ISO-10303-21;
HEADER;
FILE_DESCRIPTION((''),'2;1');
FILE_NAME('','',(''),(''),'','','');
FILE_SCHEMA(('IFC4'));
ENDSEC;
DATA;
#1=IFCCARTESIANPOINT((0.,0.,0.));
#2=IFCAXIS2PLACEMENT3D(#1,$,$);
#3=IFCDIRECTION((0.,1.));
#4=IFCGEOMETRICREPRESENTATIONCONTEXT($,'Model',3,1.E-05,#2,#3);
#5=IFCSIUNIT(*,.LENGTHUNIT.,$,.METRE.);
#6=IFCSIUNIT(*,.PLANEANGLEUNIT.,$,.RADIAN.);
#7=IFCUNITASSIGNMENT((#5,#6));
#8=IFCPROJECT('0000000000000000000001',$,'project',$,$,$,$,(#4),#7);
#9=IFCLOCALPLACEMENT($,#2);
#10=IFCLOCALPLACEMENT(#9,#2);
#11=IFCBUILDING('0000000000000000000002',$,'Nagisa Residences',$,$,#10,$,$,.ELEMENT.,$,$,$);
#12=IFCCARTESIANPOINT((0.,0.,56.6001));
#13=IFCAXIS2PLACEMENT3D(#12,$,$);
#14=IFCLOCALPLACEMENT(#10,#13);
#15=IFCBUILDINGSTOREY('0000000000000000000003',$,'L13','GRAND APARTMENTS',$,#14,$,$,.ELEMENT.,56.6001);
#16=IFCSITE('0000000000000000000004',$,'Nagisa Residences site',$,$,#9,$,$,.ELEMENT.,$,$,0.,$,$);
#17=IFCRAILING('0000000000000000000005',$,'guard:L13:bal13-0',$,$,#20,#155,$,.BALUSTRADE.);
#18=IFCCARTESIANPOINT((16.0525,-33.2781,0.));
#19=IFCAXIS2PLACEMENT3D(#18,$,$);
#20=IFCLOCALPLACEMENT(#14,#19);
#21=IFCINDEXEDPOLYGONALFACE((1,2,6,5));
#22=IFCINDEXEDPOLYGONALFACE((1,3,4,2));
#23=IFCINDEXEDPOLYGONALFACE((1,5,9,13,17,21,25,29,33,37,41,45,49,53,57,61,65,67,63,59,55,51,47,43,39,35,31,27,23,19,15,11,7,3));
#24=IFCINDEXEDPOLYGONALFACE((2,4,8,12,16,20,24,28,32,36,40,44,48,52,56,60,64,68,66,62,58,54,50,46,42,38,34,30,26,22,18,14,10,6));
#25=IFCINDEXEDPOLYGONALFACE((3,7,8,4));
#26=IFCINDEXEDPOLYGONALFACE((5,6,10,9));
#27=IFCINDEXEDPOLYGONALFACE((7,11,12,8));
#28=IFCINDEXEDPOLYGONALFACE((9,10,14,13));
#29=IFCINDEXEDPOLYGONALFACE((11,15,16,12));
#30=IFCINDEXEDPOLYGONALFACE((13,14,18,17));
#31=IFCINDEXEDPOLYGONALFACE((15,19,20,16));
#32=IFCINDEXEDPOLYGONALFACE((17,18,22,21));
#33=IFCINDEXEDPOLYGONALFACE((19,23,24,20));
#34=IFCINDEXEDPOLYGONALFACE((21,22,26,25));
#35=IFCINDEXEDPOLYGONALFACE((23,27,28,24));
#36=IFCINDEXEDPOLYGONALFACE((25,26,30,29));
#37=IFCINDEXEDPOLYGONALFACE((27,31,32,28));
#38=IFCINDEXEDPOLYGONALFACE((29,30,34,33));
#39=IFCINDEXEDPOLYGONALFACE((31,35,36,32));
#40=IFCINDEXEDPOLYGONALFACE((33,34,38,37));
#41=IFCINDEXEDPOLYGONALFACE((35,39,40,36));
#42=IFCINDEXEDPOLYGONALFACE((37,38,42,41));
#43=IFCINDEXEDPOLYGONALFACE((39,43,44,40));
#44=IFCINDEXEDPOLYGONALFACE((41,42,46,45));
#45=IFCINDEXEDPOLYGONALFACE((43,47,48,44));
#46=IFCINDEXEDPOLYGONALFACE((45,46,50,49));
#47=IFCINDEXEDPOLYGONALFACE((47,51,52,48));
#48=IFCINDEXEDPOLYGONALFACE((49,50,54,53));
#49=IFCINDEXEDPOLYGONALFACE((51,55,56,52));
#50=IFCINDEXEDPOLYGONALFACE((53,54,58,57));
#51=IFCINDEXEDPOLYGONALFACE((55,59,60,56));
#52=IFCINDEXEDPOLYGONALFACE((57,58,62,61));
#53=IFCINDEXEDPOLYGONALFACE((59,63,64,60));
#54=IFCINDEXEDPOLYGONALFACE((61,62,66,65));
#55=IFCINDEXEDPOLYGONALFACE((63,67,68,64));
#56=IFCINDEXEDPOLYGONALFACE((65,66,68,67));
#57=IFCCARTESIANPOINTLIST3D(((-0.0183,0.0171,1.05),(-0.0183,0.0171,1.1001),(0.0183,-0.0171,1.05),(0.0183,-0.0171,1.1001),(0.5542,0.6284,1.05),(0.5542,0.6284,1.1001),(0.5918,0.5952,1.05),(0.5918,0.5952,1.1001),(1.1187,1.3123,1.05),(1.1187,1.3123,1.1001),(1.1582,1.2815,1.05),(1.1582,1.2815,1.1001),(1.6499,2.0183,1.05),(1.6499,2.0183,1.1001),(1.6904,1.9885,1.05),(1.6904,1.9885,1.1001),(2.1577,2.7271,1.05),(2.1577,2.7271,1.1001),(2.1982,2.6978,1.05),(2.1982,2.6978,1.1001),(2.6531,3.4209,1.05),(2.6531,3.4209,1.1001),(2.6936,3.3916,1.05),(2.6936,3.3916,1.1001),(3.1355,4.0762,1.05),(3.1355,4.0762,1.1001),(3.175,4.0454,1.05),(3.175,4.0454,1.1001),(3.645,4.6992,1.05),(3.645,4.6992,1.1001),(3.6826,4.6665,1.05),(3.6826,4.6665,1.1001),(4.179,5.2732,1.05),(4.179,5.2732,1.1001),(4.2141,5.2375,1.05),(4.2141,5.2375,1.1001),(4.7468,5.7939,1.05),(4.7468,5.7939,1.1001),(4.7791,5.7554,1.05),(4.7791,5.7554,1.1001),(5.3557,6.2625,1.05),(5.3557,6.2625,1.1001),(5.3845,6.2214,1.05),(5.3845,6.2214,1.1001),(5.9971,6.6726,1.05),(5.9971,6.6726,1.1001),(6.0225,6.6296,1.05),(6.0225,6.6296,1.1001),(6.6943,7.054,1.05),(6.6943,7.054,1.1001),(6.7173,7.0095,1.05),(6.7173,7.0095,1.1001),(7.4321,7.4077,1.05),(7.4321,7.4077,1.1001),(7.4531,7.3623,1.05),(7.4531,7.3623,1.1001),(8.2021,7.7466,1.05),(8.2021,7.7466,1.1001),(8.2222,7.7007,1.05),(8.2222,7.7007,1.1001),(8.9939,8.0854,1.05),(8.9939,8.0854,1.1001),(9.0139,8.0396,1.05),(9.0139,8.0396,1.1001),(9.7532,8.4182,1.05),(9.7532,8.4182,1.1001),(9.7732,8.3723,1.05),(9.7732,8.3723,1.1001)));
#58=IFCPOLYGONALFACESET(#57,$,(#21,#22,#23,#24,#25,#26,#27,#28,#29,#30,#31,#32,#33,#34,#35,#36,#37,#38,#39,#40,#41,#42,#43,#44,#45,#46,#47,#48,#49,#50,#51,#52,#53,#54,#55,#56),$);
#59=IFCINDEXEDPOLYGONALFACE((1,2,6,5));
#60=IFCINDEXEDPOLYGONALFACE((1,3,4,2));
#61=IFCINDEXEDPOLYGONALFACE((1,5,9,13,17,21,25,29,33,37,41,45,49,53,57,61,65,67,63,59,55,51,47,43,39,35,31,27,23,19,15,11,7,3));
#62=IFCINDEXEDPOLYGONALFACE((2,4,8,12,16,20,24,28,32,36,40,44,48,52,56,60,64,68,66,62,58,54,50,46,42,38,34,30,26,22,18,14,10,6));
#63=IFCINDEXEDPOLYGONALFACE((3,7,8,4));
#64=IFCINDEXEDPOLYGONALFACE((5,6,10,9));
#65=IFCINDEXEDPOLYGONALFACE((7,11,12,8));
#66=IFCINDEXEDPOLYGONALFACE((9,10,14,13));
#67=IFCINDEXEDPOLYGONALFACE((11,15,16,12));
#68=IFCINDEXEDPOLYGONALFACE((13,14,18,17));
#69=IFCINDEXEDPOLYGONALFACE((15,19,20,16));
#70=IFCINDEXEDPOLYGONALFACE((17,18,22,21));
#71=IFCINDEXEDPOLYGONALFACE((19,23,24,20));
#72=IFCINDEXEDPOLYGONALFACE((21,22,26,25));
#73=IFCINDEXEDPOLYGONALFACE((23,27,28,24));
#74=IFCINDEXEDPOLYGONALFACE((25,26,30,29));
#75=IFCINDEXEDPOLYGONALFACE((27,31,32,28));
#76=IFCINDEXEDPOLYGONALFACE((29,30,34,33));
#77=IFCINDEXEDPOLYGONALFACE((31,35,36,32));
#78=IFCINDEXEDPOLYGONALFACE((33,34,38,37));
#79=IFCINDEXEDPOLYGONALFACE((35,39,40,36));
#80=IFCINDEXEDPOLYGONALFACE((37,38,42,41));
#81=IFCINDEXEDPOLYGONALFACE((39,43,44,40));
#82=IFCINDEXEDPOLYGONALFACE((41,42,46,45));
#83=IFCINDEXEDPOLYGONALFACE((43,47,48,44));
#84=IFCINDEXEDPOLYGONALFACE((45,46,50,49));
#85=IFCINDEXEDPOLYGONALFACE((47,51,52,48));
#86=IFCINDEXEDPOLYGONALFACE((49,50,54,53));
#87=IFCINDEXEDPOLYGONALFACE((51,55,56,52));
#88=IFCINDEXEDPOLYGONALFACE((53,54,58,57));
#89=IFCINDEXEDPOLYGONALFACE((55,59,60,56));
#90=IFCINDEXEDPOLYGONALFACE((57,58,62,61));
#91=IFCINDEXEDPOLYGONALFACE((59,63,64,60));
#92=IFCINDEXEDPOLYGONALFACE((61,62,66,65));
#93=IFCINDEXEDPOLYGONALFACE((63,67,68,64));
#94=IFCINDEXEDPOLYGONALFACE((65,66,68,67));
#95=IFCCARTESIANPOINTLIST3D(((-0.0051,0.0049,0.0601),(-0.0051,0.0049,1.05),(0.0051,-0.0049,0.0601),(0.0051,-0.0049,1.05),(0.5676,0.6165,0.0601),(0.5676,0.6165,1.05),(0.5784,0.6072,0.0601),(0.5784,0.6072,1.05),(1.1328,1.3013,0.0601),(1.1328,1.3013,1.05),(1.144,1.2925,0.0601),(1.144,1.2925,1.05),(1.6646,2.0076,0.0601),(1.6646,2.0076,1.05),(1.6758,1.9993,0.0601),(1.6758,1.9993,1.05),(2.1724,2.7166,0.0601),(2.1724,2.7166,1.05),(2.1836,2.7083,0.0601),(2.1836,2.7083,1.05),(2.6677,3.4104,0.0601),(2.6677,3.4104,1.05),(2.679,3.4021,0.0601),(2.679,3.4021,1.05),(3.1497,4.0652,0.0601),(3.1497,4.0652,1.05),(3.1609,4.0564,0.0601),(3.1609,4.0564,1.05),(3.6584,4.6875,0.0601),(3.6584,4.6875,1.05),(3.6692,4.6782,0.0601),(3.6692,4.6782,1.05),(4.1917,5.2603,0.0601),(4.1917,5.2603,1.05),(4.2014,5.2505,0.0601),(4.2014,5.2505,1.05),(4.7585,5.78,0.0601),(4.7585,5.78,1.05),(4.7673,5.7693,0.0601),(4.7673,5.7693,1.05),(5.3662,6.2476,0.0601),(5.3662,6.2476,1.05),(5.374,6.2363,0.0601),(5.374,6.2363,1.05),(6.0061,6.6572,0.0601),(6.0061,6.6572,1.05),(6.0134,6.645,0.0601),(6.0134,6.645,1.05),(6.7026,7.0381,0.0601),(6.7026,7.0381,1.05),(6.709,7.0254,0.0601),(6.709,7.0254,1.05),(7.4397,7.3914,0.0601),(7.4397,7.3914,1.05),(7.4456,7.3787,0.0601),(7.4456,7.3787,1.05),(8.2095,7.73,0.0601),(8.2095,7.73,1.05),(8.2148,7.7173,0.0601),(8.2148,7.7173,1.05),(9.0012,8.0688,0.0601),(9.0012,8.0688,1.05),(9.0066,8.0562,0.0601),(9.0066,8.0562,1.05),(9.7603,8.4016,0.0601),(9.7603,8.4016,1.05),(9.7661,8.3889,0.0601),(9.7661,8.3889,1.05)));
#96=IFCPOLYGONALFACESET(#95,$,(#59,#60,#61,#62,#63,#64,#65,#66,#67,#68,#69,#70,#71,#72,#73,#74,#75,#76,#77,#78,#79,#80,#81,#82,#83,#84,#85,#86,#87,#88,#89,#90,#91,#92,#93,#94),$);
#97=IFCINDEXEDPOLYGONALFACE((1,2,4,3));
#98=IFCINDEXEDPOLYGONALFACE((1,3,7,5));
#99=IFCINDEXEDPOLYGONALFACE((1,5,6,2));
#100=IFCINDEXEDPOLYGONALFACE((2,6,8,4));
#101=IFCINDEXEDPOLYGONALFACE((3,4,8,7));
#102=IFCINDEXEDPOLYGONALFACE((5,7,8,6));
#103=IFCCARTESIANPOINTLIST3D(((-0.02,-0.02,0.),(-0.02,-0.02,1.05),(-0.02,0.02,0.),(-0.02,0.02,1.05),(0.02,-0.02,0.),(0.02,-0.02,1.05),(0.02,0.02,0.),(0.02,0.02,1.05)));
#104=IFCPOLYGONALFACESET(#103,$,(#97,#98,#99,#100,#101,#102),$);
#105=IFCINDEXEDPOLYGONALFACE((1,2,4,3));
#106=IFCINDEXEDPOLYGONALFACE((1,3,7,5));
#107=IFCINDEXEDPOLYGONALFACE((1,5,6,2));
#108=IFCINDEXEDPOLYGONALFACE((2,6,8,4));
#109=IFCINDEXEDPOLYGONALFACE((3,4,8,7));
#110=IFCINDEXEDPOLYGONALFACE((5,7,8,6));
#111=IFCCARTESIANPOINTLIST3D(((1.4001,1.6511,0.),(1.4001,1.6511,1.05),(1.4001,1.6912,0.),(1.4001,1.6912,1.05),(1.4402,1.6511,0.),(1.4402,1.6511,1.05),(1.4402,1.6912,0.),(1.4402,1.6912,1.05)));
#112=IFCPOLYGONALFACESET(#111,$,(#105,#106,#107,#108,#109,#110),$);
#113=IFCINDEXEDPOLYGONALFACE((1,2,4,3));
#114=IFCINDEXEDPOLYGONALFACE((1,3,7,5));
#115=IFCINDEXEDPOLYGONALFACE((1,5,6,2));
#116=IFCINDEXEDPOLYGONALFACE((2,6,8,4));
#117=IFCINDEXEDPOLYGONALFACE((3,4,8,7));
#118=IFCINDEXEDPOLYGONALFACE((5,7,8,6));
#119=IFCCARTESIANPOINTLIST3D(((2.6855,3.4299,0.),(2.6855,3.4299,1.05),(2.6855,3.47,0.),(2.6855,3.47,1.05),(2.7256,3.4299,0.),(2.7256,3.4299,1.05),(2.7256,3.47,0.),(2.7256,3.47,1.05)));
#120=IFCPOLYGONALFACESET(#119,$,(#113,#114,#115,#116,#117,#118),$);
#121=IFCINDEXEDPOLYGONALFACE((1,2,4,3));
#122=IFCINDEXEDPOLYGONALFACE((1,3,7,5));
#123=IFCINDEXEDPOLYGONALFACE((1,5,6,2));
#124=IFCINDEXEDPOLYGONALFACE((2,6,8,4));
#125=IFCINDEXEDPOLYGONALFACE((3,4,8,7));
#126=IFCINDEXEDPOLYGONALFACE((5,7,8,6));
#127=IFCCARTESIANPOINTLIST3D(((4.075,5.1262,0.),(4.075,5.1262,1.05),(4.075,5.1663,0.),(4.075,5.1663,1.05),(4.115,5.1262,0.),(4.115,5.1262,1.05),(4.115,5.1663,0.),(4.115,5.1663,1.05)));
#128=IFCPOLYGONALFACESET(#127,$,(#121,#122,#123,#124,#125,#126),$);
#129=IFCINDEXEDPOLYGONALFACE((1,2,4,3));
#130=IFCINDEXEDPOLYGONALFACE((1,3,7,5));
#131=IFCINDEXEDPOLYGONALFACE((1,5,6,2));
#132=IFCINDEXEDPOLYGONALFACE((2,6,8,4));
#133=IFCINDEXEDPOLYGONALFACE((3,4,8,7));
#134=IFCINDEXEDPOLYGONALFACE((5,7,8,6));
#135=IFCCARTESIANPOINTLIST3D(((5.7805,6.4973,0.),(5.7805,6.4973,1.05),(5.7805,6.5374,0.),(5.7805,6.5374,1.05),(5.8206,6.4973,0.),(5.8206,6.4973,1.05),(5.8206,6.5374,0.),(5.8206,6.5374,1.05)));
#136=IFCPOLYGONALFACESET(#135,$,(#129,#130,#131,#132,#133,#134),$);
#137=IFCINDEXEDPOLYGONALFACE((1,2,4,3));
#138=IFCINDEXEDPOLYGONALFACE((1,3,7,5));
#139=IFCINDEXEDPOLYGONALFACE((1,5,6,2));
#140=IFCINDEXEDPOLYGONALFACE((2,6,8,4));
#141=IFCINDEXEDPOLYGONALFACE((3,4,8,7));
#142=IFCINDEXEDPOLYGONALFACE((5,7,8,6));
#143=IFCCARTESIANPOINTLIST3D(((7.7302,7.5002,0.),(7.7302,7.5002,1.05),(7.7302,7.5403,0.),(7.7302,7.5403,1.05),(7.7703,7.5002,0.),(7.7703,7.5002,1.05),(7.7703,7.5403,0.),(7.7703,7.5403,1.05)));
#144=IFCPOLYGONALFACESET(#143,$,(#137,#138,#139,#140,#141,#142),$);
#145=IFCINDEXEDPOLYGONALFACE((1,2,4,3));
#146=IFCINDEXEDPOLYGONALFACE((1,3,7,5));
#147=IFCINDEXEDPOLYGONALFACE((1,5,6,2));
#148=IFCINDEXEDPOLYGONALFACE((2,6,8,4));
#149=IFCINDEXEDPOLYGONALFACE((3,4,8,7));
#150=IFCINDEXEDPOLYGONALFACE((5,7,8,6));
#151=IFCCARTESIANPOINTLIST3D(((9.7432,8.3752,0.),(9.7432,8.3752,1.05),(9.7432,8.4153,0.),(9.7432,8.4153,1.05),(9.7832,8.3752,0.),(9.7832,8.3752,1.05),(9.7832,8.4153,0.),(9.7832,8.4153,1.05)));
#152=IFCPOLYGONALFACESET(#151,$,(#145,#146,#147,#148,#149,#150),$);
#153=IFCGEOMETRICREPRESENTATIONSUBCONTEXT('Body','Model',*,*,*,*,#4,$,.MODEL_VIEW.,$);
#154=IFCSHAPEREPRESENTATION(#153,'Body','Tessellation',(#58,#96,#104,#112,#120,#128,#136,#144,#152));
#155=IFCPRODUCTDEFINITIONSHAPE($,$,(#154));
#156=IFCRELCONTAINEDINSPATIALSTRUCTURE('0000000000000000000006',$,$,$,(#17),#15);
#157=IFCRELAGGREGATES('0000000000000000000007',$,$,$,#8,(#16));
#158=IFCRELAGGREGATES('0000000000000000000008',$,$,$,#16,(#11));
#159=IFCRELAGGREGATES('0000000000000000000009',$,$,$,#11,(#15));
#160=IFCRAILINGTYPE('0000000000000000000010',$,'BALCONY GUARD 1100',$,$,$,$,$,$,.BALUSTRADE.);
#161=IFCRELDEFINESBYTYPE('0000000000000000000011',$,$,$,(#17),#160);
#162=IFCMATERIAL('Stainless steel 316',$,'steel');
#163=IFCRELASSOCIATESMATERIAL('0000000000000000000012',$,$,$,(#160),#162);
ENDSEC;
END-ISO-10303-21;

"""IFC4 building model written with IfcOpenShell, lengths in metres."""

from ifc_helpers import new_model, si_unit, direction, frame, origin, origin_2d, place, context, subcontext, project, spatial, polyline, rectangle, outline, extrude, material, type_object, element, save


model = new_model("IFC4")

# Units and contexts
model_context = context("Model", 3, precision=1e-05, world=origin(), true_north=direction((0.0, 1.0)))
body_context = subcontext(model_context, "Body", "Model", "MODEL_VIEW")
ifc_project = project(units=[si_unit("LENGTHUNIT", "METRE"), si_unit("PLANEANGLEUNIT", "RADIAN")], contexts=[model_context])

# Site, building, storey
site_placement = place(None, origin())
site = spatial("IfcSite", under=ifc_project, at=site_placement, Name="Nagisa Residences site", CompositionType="ELEMENT", RefElevation=0.0)
building_placement = place(site_placement, origin())
building = spatial("IfcBuilding", under=site, at=building_placement, Name="Nagisa Residences", CompositionType="ELEMENT")
storey_placement = place(building_placement, frame((0.0, 0.0, 56.6001)))
storey = spatial("IfcBuildingStorey", under=building, at=storey_placement, Name="L13", Description="GRAND APARTMENTS", CompositionType="ELEMENT", Elevation=56.6001)

# Railing
ifc_material_1 = material(Name="Stainless steel 316", Category="steel")
railing_type = type_object("IfcRailingType", Name="BALCONY GUARD 1100", PredefinedType="BALUSTRADE", material=ifc_material_1)
railing_1_placement = place(storey_placement, frame((16.0525, -33.2781, 0.0)))
element("IfcRailing", 1, at=railing_1_placement, inside=storey, type_object=railing_type, Name="guard:L13:bal13-0", PredefinedType="BALUSTRADE", context=body_context, shape_type="SweptSolid", body=[
    extrude(outline(polyline([(0.5542, 0.6284), (-0.0183, 0.0171), (0.0183, -0.0171), (0.5918, 0.5952), (1.1582, 1.2815), (1.6904, 1.9885), (2.1982, 2.6978), (2.6936, 3.3916), (3.175, 4.0454), (3.6826, 4.6665), (4.2141, 5.2375), (4.7791, 5.7554), (5.3845, 6.2214), (6.0225, 6.6296), (6.7173, 7.0095), (7.4531, 7.3623), (8.2222, 7.7007), (9.0139, 8.0396), (9.7732, 8.3723), (9.7532, 8.4182), (8.9939, 8.0854), (8.2021, 7.7466), (7.4321, 7.4077), (6.6943, 7.054), (5.9971, 6.6726), (5.3557, 6.2625), (4.7468, 5.7939), (4.179, 5.2732), (3.645, 4.6992), (3.1355, 4.0762), (2.6531, 3.4209), (2.1577, 2.7271), (1.6499, 2.0183), (1.1187, 1.3123), (0.5542, 0.6284)])), frame((0.0, 0.0, 1.05)), (0.0, 0.0, 1.0), 0.05),
    extrude(outline(polyline([(0.5676, 0.6165), (-0.0051, 0.0049), (0.0051, -0.0049), (0.5784, 0.6072), (1.144, 1.2925), (1.6758, 1.9993), (2.1836, 2.7083), (2.679, 3.4021), (3.1609, 4.0564), (3.6692, 4.6782), (4.2014, 5.2505), (4.7673, 5.7693), (5.374, 6.2363), (6.0134, 6.645), (6.709, 7.0254), (7.4456, 7.3787), (8.2148, 7.7173), (9.0066, 8.0562), (9.7661, 8.3889), (9.7603, 8.4016), (9.0012, 8.0688), (8.2095, 7.73), (7.4397, 7.3914), (6.7026, 7.0381), (6.0061, 6.6572), (5.3662, 6.2476), (4.7585, 5.78), (4.1917, 5.2603), (3.6584, 4.6875), (3.1497, 4.0652), (2.6677, 3.4104), (2.1724, 2.7166), (1.6646, 2.0076), (1.1328, 1.3013), (0.5676, 0.6165)])), frame((0.0, 0.0, 0.0601)), (0.0, 0.0, 1.0), 0.99),
    extrude(rectangle(XDim=0.04, YDim=0.04, at=origin_2d()), origin(), (0.0, 0.0, 1.0), 1.05),
    extrude(rectangle(XDim=0.04, YDim=0.04, at=origin_2d()), frame((1.4202, 1.6711, 0.0)), (0.0, 0.0, 1.0), 1.05),
    extrude(rectangle(XDim=0.04, YDim=0.04, at=origin_2d()), frame((2.7056, 3.45, 0.0)), (0.0, 0.0, 1.0), 1.05),
    extrude(rectangle(XDim=0.04, YDim=0.04, at=origin_2d()), frame((4.095, 5.1462, 0.0)), (0.0, 0.0, 1.0), 1.05),
    extrude(rectangle(XDim=0.04, YDim=0.04, at=origin_2d()), frame((5.8005, 6.5173, 0.0)), (0.0, 0.0, 1.0), 1.05),
    extrude(rectangle(XDim=0.04, YDim=0.04, at=origin_2d()), frame((7.7502, 7.5203, 0.0)), (0.0, 0.0, 1.0), 1.05),
    extrude(rectangle(XDim=0.04, YDim=0.04, at=origin_2d()), frame((9.7632, 8.3953, 0.0)), (0.0, 0.0, 1.0), 1.05),
])

save(model, "model.ifc")
